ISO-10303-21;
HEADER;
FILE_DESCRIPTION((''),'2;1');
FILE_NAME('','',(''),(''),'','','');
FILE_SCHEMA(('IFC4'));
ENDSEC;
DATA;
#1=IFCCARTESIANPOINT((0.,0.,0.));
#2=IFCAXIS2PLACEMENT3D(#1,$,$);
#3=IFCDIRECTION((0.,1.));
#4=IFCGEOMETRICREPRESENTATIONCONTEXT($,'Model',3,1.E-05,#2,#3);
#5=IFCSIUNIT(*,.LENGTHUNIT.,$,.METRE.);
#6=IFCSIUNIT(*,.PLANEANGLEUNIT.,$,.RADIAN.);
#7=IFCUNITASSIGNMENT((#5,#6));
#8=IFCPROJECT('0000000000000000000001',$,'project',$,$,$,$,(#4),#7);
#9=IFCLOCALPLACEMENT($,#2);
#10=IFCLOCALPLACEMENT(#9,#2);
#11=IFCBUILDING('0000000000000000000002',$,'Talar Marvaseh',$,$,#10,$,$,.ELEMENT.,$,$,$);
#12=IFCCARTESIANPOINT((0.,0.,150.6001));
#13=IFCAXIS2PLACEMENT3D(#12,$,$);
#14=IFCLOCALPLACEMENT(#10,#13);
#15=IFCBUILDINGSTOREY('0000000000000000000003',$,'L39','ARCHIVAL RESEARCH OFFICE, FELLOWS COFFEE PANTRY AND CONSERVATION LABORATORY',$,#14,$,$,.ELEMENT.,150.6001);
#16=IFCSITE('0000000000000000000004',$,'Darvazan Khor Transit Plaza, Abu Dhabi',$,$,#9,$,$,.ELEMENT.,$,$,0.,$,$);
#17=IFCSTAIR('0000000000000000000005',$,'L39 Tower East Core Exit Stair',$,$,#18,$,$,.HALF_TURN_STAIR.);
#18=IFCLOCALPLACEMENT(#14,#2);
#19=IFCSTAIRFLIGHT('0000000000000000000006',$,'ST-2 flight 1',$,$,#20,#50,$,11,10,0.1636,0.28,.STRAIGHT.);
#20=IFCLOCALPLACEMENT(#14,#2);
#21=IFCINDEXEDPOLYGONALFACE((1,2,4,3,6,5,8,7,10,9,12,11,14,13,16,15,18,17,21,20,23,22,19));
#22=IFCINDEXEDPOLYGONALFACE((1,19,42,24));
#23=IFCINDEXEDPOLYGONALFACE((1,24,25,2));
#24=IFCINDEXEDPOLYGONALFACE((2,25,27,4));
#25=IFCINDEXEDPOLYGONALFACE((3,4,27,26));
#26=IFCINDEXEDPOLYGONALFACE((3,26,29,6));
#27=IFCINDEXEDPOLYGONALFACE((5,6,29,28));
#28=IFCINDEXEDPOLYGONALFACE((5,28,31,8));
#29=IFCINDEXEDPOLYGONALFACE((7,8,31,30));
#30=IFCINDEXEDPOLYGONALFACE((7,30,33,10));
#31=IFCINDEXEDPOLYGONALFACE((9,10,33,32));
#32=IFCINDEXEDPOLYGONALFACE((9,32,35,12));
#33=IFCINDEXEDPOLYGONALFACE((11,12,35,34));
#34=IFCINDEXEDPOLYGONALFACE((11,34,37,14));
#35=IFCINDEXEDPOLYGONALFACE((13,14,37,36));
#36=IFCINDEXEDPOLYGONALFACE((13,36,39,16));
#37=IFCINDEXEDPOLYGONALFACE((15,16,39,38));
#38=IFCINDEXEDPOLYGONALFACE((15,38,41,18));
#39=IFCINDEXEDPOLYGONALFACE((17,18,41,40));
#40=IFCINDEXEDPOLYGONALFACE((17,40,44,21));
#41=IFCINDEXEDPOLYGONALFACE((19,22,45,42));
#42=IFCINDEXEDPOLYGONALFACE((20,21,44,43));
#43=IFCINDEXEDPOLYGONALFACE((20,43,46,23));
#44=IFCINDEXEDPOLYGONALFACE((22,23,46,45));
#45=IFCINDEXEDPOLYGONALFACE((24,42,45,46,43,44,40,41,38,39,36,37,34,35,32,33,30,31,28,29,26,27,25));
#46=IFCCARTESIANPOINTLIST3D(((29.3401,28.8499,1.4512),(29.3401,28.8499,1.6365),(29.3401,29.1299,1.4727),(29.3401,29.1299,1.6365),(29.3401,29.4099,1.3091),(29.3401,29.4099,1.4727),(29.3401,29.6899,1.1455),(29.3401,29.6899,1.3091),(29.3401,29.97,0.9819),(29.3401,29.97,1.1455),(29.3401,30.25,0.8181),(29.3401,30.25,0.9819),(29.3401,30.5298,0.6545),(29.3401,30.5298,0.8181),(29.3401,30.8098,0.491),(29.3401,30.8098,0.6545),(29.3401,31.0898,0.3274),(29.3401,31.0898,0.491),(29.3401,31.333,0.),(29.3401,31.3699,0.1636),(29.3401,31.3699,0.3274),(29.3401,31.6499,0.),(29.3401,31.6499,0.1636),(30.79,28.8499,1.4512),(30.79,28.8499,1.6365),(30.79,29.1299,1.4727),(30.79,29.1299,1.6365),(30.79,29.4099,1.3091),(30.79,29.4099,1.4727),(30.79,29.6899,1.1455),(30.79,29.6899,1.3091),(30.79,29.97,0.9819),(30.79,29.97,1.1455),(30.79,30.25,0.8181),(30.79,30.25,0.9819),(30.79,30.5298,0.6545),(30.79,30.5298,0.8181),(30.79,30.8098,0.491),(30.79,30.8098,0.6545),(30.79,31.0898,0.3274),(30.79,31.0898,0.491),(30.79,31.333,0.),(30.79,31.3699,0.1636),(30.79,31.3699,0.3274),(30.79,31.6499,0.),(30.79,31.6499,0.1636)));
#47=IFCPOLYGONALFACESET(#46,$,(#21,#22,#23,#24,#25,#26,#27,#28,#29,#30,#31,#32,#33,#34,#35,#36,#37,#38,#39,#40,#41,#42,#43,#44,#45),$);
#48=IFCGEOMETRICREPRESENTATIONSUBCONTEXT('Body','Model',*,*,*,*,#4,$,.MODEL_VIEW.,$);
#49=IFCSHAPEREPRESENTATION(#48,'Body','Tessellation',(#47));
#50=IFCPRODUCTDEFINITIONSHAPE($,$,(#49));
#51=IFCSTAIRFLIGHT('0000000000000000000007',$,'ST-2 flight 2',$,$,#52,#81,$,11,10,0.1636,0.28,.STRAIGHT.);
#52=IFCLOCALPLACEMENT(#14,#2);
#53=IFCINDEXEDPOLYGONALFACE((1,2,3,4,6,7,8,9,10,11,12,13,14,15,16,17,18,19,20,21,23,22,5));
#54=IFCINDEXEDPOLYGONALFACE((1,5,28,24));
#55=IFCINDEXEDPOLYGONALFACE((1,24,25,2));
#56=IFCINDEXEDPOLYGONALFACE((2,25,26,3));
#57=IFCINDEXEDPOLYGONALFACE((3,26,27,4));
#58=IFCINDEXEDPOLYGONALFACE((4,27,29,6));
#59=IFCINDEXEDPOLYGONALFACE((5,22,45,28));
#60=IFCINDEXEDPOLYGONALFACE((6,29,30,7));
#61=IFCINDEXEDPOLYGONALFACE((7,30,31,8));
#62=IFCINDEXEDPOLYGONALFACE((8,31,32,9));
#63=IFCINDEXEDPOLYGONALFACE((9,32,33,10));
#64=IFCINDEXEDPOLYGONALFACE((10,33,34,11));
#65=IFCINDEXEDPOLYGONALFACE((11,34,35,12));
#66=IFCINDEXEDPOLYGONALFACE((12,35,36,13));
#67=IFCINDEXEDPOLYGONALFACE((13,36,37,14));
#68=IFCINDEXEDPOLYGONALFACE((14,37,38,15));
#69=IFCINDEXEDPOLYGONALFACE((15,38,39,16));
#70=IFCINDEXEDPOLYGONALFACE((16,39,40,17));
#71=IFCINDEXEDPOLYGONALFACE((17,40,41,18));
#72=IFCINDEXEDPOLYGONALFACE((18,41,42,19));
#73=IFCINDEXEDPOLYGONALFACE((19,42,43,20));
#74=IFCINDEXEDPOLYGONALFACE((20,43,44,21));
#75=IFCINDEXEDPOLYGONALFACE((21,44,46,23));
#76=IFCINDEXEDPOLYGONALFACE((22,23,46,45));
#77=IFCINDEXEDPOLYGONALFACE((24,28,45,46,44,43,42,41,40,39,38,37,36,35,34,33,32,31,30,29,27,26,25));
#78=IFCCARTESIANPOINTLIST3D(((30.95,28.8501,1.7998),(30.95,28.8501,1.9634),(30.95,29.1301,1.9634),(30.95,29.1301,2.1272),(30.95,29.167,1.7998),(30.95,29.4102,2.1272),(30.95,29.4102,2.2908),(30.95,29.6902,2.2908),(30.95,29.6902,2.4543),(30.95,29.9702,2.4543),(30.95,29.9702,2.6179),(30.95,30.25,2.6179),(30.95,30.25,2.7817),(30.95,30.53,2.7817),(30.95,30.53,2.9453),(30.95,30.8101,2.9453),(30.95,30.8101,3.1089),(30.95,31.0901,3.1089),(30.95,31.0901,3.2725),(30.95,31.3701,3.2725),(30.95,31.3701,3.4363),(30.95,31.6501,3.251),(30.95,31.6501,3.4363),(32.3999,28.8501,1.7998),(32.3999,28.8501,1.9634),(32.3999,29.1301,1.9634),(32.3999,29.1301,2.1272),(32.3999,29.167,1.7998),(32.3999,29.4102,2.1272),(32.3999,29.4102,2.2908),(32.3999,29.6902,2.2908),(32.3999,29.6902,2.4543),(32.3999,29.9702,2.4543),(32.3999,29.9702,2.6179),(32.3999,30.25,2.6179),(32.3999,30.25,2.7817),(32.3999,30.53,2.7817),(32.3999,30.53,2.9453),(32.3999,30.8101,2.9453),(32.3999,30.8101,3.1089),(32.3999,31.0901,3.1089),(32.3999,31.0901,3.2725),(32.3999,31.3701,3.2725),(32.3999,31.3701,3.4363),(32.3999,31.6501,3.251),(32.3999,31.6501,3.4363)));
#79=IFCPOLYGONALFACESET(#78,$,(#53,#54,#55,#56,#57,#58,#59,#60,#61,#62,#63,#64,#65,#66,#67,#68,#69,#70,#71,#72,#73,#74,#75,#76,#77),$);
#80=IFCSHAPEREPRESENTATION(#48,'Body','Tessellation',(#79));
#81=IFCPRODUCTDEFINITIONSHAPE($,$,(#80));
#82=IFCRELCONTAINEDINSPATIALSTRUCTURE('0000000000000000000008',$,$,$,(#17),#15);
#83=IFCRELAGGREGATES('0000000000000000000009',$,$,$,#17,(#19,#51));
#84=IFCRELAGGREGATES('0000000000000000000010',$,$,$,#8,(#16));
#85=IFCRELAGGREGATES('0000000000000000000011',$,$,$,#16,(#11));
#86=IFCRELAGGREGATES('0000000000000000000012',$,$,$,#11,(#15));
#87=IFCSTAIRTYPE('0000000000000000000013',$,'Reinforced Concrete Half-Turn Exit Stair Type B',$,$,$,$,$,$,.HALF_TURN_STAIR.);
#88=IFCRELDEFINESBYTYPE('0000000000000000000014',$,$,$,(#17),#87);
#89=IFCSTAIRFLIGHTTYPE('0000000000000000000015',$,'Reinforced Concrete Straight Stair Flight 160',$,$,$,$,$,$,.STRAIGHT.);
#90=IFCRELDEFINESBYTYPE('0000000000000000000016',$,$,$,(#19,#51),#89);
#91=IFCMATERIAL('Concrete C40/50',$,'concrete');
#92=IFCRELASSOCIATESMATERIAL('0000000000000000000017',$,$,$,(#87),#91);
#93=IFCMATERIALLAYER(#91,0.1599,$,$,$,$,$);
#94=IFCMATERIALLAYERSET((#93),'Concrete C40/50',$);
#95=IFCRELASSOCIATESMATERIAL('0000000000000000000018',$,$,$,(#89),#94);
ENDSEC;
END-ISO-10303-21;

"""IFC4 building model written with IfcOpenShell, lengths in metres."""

from ifc_helpers import new_model, si_unit, direction, frame, origin, place, context, subcontext, project, spatial, polyline, outline, extrude, material, layer, layer_set, type_object, element, aggregate, save


model = new_model("IFC4")

# Units and contexts
model_context = context("Model", 3, precision=1e-05, world=origin(), true_north=direction((0.0, 1.0)))
body_context = subcontext(model_context, "Body", "Model", "MODEL_VIEW")
ifc_project = project(units=[si_unit("LENGTHUNIT", "METRE"), si_unit("PLANEANGLEUNIT", "RADIAN")], contexts=[model_context])

# Site, building, storey
site_placement = place(None, origin())
site = spatial("IfcSite", under=ifc_project, at=site_placement, Name="Darvazan Khor Transit Plaza, Abu Dhabi", CompositionType="ELEMENT", RefElevation=0.0)
building_placement = place(site_placement, origin())
building = spatial("IfcBuilding", under=site, at=building_placement, Name="Talar Marvaseh", CompositionType="ELEMENT")
storey_placement = place(building_placement, frame((0.0, 0.0, 150.6001)))
storey = spatial("IfcBuildingStorey", under=building, at=storey_placement, Name="L39", Description="ARCHIVAL RESEARCH OFFICE, FELLOWS COFFEE PANTRY AND CONSERVATION LABORATORY", CompositionType="ELEMENT", Elevation=150.6001)

# Shared definitions
ifc_material_1 = material(Name="Concrete C40/50", Category="concrete")

# Stair, stair flights
stair_type = type_object("IfcStairType", Name="Reinforced Concrete Half-Turn Exit Stair Type B", PredefinedType="HALF_TURN_STAIR", material=ifc_material_1)
stair_placement = place(storey_placement, origin())
stair = element("IfcStair", 1, at=stair_placement, inside=storey, type_object=stair_type, Name="L39 Tower East Core Exit Stair", PredefinedType="HALF_TURN_STAIR")
ifc_layer_1 = layer(ifc_material_1, 0.1599)
ifc_layer_set_1 = layer_set([ifc_layer_1], Name="Concrete C40/50")
stair_flight_type = type_object("IfcStairFlightType", Name="Reinforced Concrete Straight Stair Flight 160", PredefinedType="STRAIGHT", material=ifc_layer_set_1)
stair_flight_1_placement = place(storey_placement, frame((30.0649, 31.6499, 0.0), z_axis=(0.0, 0.0, 1.0), x_axis=(0.0, -1.0, 0.0)))
stair_flight_1 = element("IfcStairFlight", 2, at=stair_flight_1_placement, type_object=stair_flight_type, Name="ST-2 flight 1", NumberOfRisers=11, NumberOfTreads=10, PredefinedType="STRAIGHT", RiserHeight=0.1636, TreadLength=0.28, context=body_context, shape_type="SweptSolid", body=[
    extrude(outline(polyline([(0.0, 0.0), (0.0, 0.1636), (0.28, 0.1636), (0.28, 0.3274), (0.5601, 0.3274), (0.5601, 0.491), (0.8401, 0.491), (0.8401, 0.6545), (1.1201, 0.6545), (1.1201, 0.8181), (1.3999, 0.8181), (1.3999, 0.9819), (1.6799, 0.9819), (1.6799, 1.1455), (1.96, 1.1455), (1.96, 1.3091), (2.24, 1.3091), (2.24, 1.4727), (2.52, 1.4727), (2.52, 1.6365), (2.8, 1.6365), (2.8, 1.8), (2.8, 1.4512), (0.3169, 0.0), (0.0, 0.0)])), frame((0.0, 0.7251, 0.0), z_axis=(0.0, -1.0, 0.0), x_axis=(1.0, 0.0, 0.0)), (0.0, 0.0, 1.0), 1.45),
])
stair_flight_2_placement = place(storey_placement, frame((31.675, 28.8501, 1.7998), z_axis=(0.0, 0.0, 1.0), x_axis=(0.0, 1.0, 0.0)))
stair_flight_2 = element("IfcStairFlight", 3, at=stair_flight_2_placement, type_object=stair_flight_type, Name="ST-2 flight 2", NumberOfRisers=11, NumberOfTreads=10, PredefinedType="STRAIGHT", RiserHeight=0.1636, TreadLength=0.28, context=body_context, shape_type="SweptSolid", body=[
    extrude(outline(polyline([(0.0, 0.0), (0.0, 0.1636), (0.28, 0.1636), (0.28, 0.3274), (0.5601, 0.3274), (0.5601, 0.491), (0.8401, 0.491), (0.8401, 0.6545), (1.1201, 0.6545), (1.1201, 0.8181), (1.3999, 0.8181), (1.3999, 0.9819), (1.6799, 0.9819), (1.6799, 1.1455), (1.96, 1.1455), (1.96, 1.3091), (2.24, 1.3091), (2.24, 1.4727), (2.52, 1.4727), (2.52, 1.6365), (2.8, 1.6365), (2.8, 1.8), (2.8, 1.4512), (0.3169, 0.0), (0.0, 0.0)])), frame((0.0, 0.7251, 0.0), z_axis=(0.0, -1.0, 0.0), x_axis=(1.0, 0.0, 0.0)), (0.0, 0.0, 1.0), 1.45),
])
aggregate(stair, [stair_flight_1, stair_flight_2])

save(model, "model.ifc")
